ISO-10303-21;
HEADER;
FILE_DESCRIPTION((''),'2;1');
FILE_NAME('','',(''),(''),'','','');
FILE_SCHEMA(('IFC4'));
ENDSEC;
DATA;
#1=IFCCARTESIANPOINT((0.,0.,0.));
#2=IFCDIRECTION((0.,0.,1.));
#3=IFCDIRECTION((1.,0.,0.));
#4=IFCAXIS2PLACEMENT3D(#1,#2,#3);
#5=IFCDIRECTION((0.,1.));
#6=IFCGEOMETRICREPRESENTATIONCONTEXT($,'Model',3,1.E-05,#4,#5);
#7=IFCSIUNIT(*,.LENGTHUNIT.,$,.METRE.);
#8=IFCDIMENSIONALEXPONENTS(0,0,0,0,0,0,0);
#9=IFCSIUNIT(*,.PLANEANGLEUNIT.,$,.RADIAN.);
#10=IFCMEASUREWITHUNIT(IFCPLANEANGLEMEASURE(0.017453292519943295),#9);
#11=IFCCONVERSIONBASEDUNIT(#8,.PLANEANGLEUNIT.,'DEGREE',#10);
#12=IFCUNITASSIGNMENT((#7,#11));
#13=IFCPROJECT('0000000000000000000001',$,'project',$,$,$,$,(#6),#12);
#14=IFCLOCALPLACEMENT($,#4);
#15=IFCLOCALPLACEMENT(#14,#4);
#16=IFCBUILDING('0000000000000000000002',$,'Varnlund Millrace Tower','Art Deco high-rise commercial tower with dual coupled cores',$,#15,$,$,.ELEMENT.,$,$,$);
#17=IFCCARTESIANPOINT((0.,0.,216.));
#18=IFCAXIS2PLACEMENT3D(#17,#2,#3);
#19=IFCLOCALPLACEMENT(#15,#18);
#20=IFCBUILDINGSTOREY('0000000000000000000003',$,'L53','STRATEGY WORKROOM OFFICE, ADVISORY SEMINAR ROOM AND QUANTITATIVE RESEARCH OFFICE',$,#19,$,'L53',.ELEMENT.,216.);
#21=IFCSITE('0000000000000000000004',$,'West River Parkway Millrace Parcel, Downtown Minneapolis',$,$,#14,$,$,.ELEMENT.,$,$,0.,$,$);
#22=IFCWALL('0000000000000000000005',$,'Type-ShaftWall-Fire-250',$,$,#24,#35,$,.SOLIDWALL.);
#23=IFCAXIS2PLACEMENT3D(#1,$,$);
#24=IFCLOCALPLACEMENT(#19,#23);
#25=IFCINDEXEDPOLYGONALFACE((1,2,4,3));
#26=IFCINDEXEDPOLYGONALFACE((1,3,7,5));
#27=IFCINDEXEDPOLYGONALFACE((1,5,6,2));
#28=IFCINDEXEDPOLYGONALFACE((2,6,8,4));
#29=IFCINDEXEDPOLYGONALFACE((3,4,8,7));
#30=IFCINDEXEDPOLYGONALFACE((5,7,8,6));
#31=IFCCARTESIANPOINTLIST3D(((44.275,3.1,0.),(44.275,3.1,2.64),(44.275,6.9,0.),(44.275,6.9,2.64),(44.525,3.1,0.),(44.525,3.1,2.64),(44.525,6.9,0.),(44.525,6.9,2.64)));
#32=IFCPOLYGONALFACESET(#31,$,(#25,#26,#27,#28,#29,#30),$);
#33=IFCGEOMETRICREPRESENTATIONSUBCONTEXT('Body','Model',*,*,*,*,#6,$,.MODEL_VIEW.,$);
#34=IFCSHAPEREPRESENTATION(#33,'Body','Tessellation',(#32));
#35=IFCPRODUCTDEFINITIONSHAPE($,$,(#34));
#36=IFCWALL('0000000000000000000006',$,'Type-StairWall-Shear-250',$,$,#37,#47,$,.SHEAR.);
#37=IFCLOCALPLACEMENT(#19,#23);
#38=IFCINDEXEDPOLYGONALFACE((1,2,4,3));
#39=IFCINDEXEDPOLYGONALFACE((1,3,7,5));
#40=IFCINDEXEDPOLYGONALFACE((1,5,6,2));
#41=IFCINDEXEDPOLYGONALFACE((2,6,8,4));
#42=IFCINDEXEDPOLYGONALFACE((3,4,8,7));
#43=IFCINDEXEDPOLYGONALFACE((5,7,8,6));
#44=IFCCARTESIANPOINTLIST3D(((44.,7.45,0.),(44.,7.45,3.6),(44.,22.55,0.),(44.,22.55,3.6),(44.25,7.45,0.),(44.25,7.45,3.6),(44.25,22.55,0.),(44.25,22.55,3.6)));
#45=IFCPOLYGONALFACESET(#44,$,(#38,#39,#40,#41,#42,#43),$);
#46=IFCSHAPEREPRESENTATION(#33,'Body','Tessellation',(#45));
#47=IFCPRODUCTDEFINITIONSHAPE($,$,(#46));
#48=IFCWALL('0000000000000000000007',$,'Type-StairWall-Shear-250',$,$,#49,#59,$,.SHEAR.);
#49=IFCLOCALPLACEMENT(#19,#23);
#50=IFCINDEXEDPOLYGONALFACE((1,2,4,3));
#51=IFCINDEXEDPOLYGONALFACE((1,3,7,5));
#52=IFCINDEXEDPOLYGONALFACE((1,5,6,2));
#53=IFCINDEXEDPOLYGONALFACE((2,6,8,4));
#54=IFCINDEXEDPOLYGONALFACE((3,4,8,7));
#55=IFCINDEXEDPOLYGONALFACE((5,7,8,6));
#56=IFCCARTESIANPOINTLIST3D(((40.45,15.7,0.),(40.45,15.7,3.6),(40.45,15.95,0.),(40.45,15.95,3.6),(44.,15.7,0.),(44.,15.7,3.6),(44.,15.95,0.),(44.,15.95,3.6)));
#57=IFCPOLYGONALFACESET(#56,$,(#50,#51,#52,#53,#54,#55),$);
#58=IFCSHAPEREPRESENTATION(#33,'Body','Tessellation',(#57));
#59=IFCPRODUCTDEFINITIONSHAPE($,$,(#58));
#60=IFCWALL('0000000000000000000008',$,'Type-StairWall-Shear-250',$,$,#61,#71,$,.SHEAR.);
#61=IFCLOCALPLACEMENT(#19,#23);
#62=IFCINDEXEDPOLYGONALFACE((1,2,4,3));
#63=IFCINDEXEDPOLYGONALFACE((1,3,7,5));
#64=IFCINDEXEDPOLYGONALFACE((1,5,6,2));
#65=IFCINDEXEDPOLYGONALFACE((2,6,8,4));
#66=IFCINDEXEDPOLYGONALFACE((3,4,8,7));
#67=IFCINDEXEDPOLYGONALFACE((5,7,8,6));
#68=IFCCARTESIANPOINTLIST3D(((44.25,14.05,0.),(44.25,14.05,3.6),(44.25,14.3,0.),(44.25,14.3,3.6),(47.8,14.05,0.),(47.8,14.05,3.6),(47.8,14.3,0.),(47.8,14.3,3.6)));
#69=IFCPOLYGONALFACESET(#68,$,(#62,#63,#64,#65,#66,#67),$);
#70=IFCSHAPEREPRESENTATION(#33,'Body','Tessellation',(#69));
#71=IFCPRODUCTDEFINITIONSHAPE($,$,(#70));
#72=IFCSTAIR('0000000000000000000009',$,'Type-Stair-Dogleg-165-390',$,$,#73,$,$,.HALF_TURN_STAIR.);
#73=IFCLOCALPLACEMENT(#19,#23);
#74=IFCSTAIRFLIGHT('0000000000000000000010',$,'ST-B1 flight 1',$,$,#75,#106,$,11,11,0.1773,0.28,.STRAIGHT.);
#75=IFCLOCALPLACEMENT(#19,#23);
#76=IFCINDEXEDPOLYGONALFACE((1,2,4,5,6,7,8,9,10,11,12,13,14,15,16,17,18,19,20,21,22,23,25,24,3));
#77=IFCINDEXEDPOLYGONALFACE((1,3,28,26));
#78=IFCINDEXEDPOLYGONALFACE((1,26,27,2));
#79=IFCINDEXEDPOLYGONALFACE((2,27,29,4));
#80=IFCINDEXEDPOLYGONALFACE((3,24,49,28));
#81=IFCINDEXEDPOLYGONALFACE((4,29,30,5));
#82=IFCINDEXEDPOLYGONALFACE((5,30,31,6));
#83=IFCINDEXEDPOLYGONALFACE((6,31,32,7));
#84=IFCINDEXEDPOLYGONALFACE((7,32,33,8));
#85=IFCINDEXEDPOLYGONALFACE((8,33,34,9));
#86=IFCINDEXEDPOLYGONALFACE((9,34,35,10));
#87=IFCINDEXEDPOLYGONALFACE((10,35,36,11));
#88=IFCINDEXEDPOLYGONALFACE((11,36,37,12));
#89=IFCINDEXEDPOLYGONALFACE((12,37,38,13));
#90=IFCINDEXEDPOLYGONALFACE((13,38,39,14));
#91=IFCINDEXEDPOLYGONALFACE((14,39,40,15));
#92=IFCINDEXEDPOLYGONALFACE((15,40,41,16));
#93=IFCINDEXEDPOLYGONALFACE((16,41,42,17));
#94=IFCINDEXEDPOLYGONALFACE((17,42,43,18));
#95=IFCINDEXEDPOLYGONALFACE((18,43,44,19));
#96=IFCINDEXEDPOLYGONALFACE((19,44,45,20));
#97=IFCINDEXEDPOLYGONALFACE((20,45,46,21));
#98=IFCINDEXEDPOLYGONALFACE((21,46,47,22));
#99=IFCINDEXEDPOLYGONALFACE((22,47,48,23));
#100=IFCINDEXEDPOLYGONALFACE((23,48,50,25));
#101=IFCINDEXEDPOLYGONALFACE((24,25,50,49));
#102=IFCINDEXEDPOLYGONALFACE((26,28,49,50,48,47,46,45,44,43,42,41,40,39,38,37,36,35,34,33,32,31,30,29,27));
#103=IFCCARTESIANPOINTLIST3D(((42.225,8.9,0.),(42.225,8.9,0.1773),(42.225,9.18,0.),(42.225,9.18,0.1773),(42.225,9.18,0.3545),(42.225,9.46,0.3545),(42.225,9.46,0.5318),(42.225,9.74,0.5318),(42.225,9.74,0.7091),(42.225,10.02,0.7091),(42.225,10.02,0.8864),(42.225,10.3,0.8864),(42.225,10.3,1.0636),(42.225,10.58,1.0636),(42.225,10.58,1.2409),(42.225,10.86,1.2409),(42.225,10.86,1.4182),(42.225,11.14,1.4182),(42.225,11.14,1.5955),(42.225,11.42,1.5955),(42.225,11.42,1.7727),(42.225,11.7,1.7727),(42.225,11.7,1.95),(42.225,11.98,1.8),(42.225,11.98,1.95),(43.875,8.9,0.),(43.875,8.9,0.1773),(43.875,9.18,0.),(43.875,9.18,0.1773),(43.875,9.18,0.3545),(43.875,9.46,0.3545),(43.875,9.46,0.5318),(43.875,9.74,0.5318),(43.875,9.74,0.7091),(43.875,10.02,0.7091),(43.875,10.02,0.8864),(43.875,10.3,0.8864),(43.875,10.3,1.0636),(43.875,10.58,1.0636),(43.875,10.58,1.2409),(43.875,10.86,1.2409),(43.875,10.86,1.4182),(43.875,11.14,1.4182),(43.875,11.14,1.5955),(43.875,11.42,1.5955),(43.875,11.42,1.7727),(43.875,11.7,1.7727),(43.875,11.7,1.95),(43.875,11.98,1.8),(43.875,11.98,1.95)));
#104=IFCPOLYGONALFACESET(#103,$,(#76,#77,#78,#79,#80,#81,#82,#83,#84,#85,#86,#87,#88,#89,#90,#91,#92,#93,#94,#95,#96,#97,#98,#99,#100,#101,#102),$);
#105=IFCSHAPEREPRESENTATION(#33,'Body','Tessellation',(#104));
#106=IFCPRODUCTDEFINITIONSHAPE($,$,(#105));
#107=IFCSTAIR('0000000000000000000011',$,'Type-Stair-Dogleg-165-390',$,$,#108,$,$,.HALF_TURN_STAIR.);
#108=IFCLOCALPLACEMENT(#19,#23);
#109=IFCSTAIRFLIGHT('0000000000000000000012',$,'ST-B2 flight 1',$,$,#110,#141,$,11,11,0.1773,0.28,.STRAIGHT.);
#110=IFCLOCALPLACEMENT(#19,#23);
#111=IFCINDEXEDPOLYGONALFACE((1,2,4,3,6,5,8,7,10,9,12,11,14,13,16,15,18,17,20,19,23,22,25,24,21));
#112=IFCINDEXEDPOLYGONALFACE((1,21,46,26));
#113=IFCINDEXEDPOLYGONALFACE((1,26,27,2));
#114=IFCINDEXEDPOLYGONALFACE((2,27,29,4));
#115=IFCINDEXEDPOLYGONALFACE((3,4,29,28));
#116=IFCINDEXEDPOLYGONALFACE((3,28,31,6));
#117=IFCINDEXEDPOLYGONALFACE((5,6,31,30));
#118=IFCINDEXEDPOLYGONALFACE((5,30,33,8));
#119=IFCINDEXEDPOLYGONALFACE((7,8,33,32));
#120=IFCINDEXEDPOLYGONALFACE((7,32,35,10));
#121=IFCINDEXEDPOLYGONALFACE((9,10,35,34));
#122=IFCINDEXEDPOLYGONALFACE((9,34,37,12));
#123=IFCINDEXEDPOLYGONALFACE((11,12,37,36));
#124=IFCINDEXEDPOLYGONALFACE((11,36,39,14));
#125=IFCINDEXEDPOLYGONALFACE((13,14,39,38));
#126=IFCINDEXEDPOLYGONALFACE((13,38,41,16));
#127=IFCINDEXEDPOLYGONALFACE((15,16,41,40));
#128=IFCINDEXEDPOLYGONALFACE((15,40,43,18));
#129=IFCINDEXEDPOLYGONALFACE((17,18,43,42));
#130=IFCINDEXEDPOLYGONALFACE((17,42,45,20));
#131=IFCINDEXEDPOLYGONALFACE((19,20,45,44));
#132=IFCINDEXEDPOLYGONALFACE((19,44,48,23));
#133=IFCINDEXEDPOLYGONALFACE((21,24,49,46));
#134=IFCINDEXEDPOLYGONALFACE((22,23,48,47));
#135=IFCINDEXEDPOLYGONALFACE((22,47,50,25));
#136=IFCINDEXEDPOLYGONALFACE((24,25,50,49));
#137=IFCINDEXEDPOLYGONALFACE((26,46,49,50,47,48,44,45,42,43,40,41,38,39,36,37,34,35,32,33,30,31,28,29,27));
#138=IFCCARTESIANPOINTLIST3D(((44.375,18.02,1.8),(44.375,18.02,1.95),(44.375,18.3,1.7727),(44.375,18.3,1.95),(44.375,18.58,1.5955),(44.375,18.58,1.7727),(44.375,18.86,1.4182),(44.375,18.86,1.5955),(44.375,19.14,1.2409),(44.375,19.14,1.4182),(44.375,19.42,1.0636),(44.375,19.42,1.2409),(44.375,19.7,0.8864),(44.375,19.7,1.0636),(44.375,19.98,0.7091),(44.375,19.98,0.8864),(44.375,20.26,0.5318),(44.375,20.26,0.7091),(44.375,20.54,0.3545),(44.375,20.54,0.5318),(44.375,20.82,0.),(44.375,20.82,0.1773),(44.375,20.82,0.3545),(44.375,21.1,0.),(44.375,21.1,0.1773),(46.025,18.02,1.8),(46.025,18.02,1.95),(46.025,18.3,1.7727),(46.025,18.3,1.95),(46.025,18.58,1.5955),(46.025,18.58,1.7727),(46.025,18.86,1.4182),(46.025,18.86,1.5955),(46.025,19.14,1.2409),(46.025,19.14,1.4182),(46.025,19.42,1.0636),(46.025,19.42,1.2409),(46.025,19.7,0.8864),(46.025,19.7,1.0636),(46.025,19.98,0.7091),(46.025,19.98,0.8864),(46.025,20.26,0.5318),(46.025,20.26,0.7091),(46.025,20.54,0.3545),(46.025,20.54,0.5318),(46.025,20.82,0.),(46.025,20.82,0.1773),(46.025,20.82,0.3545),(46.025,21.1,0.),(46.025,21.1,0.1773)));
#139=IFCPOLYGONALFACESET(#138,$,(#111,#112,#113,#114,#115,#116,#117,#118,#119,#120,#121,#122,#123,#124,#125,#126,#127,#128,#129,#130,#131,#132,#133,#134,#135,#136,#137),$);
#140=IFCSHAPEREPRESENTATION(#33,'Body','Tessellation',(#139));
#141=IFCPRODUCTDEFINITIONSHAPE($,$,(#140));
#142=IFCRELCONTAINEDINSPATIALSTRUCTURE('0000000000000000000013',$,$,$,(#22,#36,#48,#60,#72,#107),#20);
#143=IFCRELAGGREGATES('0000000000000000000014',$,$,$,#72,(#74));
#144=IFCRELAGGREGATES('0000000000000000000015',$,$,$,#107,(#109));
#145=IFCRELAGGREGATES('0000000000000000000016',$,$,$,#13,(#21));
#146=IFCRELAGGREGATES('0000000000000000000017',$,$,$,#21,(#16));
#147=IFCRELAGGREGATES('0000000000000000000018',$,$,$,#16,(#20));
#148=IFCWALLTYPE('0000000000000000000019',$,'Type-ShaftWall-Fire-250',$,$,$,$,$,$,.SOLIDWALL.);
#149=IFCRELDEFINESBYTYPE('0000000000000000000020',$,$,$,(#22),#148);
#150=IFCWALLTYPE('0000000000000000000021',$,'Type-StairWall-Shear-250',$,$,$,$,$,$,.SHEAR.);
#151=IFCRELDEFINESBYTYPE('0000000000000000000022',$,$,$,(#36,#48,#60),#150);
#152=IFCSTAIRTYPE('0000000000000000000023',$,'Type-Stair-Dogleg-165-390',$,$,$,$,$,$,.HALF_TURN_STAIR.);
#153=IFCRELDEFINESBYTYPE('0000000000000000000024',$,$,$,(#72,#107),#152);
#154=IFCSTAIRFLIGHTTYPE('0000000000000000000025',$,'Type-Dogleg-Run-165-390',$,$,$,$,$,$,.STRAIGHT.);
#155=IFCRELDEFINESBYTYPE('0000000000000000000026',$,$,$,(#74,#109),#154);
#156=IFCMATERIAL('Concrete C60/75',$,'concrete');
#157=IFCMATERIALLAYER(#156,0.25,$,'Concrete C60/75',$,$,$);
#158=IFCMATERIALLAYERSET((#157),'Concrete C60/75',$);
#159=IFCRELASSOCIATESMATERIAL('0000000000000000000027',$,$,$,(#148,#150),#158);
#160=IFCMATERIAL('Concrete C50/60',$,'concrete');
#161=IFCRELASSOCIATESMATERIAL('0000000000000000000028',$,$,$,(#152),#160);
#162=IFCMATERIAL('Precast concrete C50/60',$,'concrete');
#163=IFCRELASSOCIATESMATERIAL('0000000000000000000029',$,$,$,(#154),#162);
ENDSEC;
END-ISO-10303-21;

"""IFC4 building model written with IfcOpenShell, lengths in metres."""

from ifc_helpers import new_model, entity, si_unit, converted_unit, direction, frame, origin_with_axes, place, context, subcontext, project, spatial, polyline, outline, extrude, material, layer, layer_set, type_object, element, aggregate, save


model = new_model("IFC4")

# Units and contexts
model_context = context("Model", 3, precision=1e-05, world=origin_with_axes(), true_north=direction((0.0, 1.0)))
body_context = subcontext(model_context, "Body", "Model", "MODEL_VIEW")
ifc_project = project(units=[si_unit("LENGTHUNIT", "METRE"), converted_unit("PLANEANGLEUNIT", "DEGREE", entity("IfcPlaneAngleMeasure", 0.017453292519943295), si_unit("PLANEANGLEUNIT", "RADIAN"), dimensions=[0, 0, 0, 0, 0, 0, 0])], contexts=[model_context])

# Site, building, storey
site_placement = place(None, origin_with_axes())
site = spatial("IfcSite", under=ifc_project, at=site_placement, Name="West River Parkway Millrace Parcel, Downtown Minneapolis", CompositionType="ELEMENT", RefElevation=0.0)
building_placement = place(site_placement, origin_with_axes())
building = spatial("IfcBuilding", under=site, at=building_placement, Name="Varnlund Millrace Tower", Description="Art Deco high-rise commercial tower with dual coupled cores", CompositionType="ELEMENT")
storey_placement = place(building_placement, frame((0.0, 0.0, 216.0), z_axis=(0.0, 0.0, 1.0), x_axis=(1.0, 0.0, 0.0)))
storey = spatial("IfcBuildingStorey", under=building, at=storey_placement, Name="L53", Description="STRATEGY WORKROOM OFFICE, ADVISORY SEMINAR ROOM AND QUANTITATIVE RESEARCH OFFICE", LongName="L53", CompositionType="ELEMENT", Elevation=216.0)

# Shared definitions
ifc_material_1 = material(Name="Concrete C60/75", Category="concrete")
ifc_layer_1 = layer(ifc_material_1, 0.25, Name="Concrete C60/75")
ifc_layer_set_1 = layer_set([ifc_layer_1], Name="Concrete C60/75")
wall_type_1 = type_object("IfcWallType", Name="Type-ShaftWall-Fire-250", PredefinedType="SOLIDWALL", material=ifc_layer_set_1)

# Walls
wall_1_placement = place(storey_placement, frame((44.4, 3.1, 0.0), z_axis=(0.0, 0.0, 1.0), x_axis=(0.0, 1.0, 0.0)))
element("IfcWall", 1, at=wall_1_placement, inside=storey, type_object=wall_type_1, Name="Type-ShaftWall-Fire-250", PredefinedType="SOLIDWALL", context=body_context, shape_type="SweptSolid", body=[
    extrude(outline(polyline([(0.0, -0.125), (3.8, -0.125), (3.8, 0.125), (0.0, 0.125), (0.0, -0.125)])), origin_with_axes(), (0.0, 0.0, 1.0), 2.64),
])
wall_type_2 = type_object("IfcWallType", Name="Type-StairWall-Shear-250", PredefinedType="SHEAR", material=ifc_layer_set_1)
wall_2_placement = place(storey_placement, frame((44.125, 7.45, 0.0), z_axis=(0.0, 0.0, 1.0), x_axis=(0.0, 1.0, 0.0)))
element("IfcWall", 2, at=wall_2_placement, inside=storey, type_object=wall_type_2, Name="Type-StairWall-Shear-250", PredefinedType="SHEAR", context=body_context, shape_type="SweptSolid", body=[
    extrude(outline(polyline([(0.0, -0.125), (15.1, -0.125), (15.1, 0.125), (0.0, 0.125), (0.0, -0.125)])), origin_with_axes(), (0.0, 0.0, 1.0), 3.6),
])
for number, where, z_axis, x_axis, name in (
    (3, (40.45, 15.825, 0.0), (0.0, 0.0, 1.0), (1.0, 0.0, 0.0), "Type-StairWall-Shear-250"),
    (4, (44.25, 14.175, 0.0), (0.0, 0.0, 1.0), (1.0, 0.0, 0.0), "Type-StairWall-Shear-250"),
):
    element("IfcWall", number, at=place(storey_placement, frame(where, z_axis=z_axis, x_axis=x_axis)), inside=storey, type_object=wall_type_2, Name=name, PredefinedType="SHEAR", context=body_context, shape_type="SweptSolid", body=[
        extrude(outline(polyline([(0.0, -0.125), (3.55, -0.125), (3.55, 0.125), (0.0, 0.125), (0.0, -0.125)])), origin_with_axes(), (0.0, 0.0, 1.0), 3.6),
    ])

# Stairs, stair flights
ifc_material_2 = material(Name="Concrete C50/60", Category="concrete")
stair_type = type_object("IfcStairType", Name="Type-Stair-Dogleg-165-390", PredefinedType="HALF_TURN_STAIR", material=ifc_material_2)
stair_1_placement = place(storey_placement, origin_with_axes())
stair_1 = element("IfcStair", 5, at=stair_1_placement, inside=storey, type_object=stair_type, Name="Type-Stair-Dogleg-165-390", PredefinedType="HALF_TURN_STAIR")
ifc_material_3 = material(Name="Precast concrete C50/60", Category="concrete")
stair_flight_type = type_object("IfcStairFlightType", Name="Type-Dogleg-Run-165-390", PredefinedType="STRAIGHT", material=ifc_material_3)
stair_flight_1_placement = place(storey_placement, frame((42.225, 8.9, 0.0), z_axis=(1.0, 0.0, 0.0), x_axis=(0.0, 1.0, 0.0)))
stair_flight_1 = element("IfcStairFlight", 6, at=stair_flight_1_placement, type_object=stair_flight_type, Name="ST-B1 flight 1", NumberOfRisers=11, NumberOfTreads=11, PredefinedType="STRAIGHT", RiserHeight=0.1773, TreadLength=0.28, context=body_context, shape_type="SweptSolid", body=[
    extrude(outline(polyline([(0.0, 0.0), (0.0, 0.1773), (0.28, 0.1773), (0.28, 0.3545), (0.56, 0.3545), (0.56, 0.5318), (0.84, 0.5318), (0.84, 0.7091), (1.12, 0.7091), (1.12, 0.8864), (1.4, 0.8864), (1.4, 1.0636), (1.68, 1.0636), (1.68, 1.2409), (1.96, 1.2409), (1.96, 1.4182), (2.24, 1.4182), (2.24, 1.5955), (2.52, 1.5955), (2.52, 1.7727), (2.8, 1.7727), (2.8, 1.95), (3.08, 1.95), (3.08, 1.8), (0.28, 0.0), (0.0, 0.0)])), origin_with_axes(), (0.0, 0.0, 1.0), 1.65),
])
aggregate(stair_1, [stair_flight_1])
stair_2_placement = place(storey_placement, origin_with_axes())
stair_2 = element("IfcStair", 7, at=stair_2_placement, inside=storey, type_object=stair_type, Name="Type-Stair-Dogleg-165-390", PredefinedType="HALF_TURN_STAIR")
stair_flight_2_placement = place(storey_placement, frame((46.025, 21.1, 0.0), z_axis=(-1.0, 0.0, 0.0), x_axis=(0.0, -1.0, 0.0)))
stair_flight_2 = element("IfcStairFlight", 8, at=stair_flight_2_placement, type_object=stair_flight_type, Name="ST-B2 flight 1", NumberOfRisers=11, NumberOfTreads=11, PredefinedType="STRAIGHT", RiserHeight=0.1773, TreadLength=0.28, context=body_context, shape_type="SweptSolid", body=[
    extrude(outline(polyline([(0.0, 0.0), (0.0, 0.1773), (0.28, 0.1773), (0.28, 0.3545), (0.56, 0.3545), (0.56, 0.5318), (0.84, 0.5318), (0.84, 0.7091), (1.12, 0.7091), (1.12, 0.8864), (1.4, 0.8864), (1.4, 1.0636), (1.68, 1.0636), (1.68, 1.2409), (1.96, 1.2409), (1.96, 1.4182), (2.24, 1.4182), (2.24, 1.5955), (2.52, 1.5955), (2.52, 1.7727), (2.8, 1.7727), (2.8, 1.95), (3.08, 1.95), (3.08, 1.8), (0.28, 0.0), (0.0, 0.0)])), origin_with_axes(), (0.0, 0.0, 1.0), 1.65),
])
aggregate(stair_2, [stair_flight_2])

save(model, "model.ifc")
